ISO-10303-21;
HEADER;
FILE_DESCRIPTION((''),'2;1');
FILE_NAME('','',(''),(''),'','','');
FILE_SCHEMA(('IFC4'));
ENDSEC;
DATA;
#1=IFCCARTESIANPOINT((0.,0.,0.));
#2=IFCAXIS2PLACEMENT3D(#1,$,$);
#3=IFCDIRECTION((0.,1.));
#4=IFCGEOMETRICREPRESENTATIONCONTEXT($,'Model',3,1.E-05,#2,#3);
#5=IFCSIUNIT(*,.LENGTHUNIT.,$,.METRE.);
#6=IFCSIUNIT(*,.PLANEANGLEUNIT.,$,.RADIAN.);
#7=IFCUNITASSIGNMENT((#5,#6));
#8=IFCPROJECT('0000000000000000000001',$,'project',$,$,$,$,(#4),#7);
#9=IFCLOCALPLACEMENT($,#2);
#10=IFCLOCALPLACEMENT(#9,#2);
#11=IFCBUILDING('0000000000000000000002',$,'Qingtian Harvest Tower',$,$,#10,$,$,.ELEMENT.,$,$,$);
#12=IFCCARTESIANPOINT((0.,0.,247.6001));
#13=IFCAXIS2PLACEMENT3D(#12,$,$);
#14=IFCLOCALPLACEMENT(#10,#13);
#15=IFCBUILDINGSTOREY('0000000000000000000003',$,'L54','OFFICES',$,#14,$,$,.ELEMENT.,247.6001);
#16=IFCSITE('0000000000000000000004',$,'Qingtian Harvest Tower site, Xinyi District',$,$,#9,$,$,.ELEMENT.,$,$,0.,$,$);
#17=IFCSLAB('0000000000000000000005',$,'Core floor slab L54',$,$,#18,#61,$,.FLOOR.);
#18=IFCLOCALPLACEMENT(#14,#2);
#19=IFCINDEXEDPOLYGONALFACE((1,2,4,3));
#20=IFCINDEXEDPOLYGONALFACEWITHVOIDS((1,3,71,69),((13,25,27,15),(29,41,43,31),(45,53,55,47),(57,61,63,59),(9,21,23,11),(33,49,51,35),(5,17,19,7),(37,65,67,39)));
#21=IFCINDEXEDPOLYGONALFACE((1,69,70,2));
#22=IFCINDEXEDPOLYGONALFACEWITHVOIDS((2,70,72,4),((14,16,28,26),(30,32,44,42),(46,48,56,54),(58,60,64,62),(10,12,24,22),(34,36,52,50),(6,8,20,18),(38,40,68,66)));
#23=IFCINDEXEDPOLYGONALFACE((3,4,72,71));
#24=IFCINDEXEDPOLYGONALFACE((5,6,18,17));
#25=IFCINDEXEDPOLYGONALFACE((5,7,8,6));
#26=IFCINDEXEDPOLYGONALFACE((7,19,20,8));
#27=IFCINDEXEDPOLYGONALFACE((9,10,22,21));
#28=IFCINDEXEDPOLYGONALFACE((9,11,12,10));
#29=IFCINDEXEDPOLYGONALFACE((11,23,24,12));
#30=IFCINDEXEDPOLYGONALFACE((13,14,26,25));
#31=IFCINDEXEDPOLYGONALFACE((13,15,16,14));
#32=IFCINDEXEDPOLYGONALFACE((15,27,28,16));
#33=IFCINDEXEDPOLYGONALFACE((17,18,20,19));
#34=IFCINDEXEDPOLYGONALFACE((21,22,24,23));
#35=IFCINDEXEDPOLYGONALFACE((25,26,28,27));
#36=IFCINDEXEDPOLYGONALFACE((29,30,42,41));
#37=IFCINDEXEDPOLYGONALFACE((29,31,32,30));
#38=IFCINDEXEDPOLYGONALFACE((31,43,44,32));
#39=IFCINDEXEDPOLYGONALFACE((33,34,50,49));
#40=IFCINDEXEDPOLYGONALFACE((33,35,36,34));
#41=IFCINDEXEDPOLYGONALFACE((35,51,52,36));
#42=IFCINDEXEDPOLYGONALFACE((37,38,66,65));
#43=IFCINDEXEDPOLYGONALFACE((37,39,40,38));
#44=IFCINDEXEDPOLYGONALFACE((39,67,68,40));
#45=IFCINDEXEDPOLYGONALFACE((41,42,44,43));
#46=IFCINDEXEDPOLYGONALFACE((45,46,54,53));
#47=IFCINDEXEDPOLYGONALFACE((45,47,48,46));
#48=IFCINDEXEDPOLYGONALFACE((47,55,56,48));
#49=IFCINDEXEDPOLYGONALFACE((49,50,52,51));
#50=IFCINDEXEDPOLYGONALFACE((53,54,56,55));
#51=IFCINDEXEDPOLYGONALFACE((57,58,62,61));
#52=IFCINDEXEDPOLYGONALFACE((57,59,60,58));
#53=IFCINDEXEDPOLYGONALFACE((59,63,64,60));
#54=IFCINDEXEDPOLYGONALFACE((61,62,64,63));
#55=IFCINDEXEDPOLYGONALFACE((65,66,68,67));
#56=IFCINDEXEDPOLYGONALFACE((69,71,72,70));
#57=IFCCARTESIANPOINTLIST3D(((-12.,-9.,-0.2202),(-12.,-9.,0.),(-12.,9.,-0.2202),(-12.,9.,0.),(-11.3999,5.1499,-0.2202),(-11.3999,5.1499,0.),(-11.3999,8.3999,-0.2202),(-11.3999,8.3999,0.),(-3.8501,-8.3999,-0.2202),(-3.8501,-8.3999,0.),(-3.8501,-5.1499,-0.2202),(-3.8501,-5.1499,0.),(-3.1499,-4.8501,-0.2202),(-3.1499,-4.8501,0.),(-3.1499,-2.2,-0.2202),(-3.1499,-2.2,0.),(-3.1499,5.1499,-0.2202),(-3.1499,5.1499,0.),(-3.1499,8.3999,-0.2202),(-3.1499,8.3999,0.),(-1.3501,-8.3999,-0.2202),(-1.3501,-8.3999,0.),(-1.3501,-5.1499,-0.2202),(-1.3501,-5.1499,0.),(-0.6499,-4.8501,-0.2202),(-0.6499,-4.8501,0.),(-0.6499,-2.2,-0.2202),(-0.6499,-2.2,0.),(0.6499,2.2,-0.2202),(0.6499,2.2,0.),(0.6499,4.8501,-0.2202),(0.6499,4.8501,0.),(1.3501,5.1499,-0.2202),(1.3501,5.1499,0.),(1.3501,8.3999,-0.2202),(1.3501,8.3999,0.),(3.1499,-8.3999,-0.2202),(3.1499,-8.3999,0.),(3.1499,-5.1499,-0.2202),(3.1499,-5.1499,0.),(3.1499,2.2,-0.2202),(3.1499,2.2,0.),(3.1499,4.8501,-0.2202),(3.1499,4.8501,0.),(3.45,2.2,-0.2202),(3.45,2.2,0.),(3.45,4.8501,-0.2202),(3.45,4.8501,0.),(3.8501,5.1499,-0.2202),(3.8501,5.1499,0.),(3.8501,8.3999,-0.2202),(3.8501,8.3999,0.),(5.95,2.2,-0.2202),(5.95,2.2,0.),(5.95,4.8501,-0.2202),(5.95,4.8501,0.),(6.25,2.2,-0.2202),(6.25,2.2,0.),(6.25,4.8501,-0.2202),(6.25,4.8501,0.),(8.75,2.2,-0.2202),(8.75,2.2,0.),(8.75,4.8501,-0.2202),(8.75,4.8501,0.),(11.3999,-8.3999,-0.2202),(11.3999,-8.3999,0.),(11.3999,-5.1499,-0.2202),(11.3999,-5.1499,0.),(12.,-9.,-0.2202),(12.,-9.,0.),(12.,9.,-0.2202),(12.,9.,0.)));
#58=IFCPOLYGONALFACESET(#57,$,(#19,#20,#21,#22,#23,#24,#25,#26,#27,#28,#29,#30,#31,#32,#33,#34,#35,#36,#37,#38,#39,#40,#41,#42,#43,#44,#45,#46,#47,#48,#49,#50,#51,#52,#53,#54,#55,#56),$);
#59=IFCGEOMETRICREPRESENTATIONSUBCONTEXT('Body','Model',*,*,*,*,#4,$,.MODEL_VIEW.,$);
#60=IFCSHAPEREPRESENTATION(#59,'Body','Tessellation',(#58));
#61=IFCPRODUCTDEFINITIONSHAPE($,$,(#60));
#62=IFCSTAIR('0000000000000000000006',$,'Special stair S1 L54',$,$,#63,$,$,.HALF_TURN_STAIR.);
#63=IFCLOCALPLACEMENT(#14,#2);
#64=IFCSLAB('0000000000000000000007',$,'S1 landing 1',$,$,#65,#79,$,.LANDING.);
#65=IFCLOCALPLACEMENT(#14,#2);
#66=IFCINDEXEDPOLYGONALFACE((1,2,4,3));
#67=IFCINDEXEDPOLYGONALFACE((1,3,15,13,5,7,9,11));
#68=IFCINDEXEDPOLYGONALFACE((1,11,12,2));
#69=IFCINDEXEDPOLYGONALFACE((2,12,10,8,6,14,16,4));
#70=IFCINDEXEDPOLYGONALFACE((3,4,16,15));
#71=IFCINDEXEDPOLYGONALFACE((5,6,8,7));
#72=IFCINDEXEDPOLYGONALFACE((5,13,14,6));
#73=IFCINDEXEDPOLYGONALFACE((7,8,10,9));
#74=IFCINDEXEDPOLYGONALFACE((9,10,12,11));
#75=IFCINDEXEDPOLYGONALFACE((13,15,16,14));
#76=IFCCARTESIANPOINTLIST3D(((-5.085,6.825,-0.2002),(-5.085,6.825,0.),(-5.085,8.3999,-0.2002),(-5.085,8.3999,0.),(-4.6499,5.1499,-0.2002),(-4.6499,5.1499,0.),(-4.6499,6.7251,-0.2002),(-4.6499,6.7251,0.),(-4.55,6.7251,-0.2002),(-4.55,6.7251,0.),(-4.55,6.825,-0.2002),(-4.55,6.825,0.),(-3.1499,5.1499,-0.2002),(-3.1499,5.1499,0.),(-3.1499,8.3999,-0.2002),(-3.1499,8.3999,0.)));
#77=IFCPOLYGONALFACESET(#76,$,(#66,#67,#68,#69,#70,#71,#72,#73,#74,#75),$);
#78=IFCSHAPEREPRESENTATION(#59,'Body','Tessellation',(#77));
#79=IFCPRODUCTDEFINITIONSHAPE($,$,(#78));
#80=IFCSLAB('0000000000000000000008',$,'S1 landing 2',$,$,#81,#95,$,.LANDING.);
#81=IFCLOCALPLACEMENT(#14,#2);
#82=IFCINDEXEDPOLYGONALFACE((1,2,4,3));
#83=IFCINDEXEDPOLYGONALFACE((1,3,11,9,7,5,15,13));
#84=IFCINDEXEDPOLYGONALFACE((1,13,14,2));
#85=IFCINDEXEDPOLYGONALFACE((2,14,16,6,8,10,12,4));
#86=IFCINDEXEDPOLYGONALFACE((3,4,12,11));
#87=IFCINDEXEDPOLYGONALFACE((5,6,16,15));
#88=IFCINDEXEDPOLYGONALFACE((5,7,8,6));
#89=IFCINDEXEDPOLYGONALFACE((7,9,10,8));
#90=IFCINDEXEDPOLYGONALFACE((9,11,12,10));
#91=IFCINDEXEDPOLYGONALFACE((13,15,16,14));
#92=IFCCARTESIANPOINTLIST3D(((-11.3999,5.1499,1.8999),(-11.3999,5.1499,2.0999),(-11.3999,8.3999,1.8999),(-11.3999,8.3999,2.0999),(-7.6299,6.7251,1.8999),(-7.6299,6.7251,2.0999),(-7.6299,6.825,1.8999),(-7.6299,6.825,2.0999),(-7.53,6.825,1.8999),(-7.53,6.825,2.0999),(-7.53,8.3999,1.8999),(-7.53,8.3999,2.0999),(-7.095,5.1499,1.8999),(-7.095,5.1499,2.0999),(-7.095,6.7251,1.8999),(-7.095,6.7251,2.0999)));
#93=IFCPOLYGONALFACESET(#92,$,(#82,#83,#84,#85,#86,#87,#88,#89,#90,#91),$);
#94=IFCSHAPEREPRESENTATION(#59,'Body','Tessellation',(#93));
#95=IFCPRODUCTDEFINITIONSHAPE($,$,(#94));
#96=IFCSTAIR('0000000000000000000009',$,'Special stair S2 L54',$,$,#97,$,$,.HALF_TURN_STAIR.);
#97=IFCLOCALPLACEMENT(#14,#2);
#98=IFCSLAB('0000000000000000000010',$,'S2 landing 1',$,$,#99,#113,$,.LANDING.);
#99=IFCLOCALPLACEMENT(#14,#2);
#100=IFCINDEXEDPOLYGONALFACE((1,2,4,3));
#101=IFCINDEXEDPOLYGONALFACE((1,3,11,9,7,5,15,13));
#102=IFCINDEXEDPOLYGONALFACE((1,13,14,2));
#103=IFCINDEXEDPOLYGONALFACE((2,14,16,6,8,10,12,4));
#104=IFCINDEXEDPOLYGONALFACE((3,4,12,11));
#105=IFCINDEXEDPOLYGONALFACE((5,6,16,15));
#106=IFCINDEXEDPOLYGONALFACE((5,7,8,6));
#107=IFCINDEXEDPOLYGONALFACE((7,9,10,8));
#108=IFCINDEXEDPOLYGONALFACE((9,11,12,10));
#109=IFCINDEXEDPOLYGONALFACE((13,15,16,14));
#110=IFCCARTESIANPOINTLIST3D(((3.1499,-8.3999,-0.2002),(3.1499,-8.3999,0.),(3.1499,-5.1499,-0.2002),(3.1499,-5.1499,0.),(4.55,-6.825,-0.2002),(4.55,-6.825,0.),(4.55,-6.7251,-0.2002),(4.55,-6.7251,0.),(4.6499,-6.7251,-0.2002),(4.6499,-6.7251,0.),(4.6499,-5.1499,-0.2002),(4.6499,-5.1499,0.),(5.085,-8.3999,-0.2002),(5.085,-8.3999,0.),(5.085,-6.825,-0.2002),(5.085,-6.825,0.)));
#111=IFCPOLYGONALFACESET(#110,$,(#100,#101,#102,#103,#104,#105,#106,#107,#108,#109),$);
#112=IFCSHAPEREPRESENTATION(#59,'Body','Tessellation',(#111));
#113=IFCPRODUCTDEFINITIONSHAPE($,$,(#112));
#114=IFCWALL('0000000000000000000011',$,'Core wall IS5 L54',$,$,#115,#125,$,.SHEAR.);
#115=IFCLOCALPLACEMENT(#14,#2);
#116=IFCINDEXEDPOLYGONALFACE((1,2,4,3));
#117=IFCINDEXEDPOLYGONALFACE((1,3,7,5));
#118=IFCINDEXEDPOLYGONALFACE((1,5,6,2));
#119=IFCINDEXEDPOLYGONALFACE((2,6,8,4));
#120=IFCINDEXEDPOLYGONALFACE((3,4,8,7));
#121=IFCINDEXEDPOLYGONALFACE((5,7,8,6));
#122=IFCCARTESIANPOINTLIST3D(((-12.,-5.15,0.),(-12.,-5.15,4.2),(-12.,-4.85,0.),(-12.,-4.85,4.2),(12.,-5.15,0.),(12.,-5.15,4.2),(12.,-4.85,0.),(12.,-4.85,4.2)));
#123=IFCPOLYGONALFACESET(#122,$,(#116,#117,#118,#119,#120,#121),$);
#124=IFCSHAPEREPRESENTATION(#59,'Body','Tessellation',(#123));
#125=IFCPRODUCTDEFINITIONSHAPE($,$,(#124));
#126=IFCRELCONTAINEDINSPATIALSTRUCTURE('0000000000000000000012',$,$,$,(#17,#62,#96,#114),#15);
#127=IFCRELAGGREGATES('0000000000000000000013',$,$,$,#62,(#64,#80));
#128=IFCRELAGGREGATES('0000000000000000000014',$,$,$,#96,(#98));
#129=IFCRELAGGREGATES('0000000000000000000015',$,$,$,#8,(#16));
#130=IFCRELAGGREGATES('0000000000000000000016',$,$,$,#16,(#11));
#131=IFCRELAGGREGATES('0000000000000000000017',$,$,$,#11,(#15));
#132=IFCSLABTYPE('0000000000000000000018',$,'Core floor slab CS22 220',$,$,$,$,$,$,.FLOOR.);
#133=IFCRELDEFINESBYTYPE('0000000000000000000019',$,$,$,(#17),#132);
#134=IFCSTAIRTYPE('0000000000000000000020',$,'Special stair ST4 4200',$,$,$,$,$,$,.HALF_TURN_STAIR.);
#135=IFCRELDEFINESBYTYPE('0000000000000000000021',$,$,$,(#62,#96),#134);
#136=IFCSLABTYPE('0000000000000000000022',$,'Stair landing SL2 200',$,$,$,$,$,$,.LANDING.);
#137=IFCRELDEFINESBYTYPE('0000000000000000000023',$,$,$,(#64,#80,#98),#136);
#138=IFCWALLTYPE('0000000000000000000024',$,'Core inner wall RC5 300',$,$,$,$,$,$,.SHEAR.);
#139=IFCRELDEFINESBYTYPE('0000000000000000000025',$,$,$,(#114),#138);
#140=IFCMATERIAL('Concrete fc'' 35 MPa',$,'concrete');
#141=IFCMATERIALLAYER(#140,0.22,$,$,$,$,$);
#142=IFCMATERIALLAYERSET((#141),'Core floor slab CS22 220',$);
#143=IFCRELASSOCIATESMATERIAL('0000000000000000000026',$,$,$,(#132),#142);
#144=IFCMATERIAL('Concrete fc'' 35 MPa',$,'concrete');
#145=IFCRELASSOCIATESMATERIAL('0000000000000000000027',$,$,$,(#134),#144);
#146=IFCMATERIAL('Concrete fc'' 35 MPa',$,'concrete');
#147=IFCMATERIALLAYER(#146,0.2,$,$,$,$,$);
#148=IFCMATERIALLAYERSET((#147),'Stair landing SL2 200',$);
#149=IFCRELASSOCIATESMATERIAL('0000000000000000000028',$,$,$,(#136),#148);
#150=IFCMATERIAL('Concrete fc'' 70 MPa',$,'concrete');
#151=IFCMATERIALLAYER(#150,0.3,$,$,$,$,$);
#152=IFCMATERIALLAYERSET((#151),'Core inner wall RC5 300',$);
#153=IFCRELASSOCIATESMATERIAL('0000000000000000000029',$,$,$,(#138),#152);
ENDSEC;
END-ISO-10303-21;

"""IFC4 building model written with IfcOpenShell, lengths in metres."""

from ifc_helpers import new_model, si_unit, direction, frame, frame_2d, origin, place, context, subcontext, project, spatial, polyline, rectangle, outline, extrude, material, layer, layer_set, type_object, element, aggregate, save


model = new_model("IFC4")

# Units and contexts
model_context = context("Model", 3, precision=1e-05, world=origin(), true_north=direction((0.0, 1.0)))
body_context = subcontext(model_context, "Body", "Model", "MODEL_VIEW")
ifc_project = project(units=[si_unit("LENGTHUNIT", "METRE"), si_unit("PLANEANGLEUNIT", "RADIAN")], contexts=[model_context])

# Site, building, storey
site_placement = place(None, origin())
site = spatial("IfcSite", under=ifc_project, at=site_placement, Name="Qingtian Harvest Tower site, Xinyi District", CompositionType="ELEMENT", RefElevation=0.0)
building_placement = place(site_placement, origin())
building = spatial("IfcBuilding", under=site, at=building_placement, Name="Qingtian Harvest Tower", CompositionType="ELEMENT")
storey_placement = place(building_placement, frame((0.0, 0.0, 247.6001)))
storey = spatial("IfcBuildingStorey", under=building, at=storey_placement, Name="L54", Description="OFFICES", CompositionType="ELEMENT", Elevation=247.6001)

# Slab
ifc_material_1 = material(Name="Concrete fc' 35 MPa", Category="concrete")
ifc_layer_1 = layer(ifc_material_1, 0.22)
ifc_layer_set_1 = layer_set([ifc_layer_1], Name="Core floor slab CS22 220")
slab_type_1 = type_object("IfcSlabType", Name="Core floor slab CS22 220", PredefinedType="FLOOR", material=ifc_layer_set_1)
slab_1_placement = place(storey_placement, frame((0.0, 0.0, -0.2202)))
element("IfcSlab", 1, at=slab_1_placement, inside=storey, type_object=slab_type_1, Name="Core floor slab L54", PredefinedType="FLOOR", context=body_context, shape_type="SweptSolid", body=[
    extrude(outline(polyline([(-12.0, -9.0), (12.0, -9.0), (12.0, 9.0), (-12.0, 9.0), (-12.0, -9.0)]), holes=[polyline([(-11.3999, 5.1499), (-3.1499, 5.1499), (-3.1499, 8.3999), (-11.3999, 8.3999), (-11.3999, 5.1499)]), polyline([(3.1499, -8.3999), (11.3999, -8.3999), (11.3999, -5.1499), (3.1499, -5.1499), (3.1499, -8.3999)]), polyline([(1.3501, 5.1499), (3.8501, 5.1499), (3.8501, 8.3999), (1.3501, 8.3999), (1.3501, 5.1499)]), polyline([(-3.8501, -8.3999), (-1.3501, -8.3999), (-1.3501, -5.1499), (-3.8501, -5.1499), (-3.8501, -8.3999)]), polyline([(0.6499, 2.2), (3.1499, 2.2), (3.1499, 4.8501), (0.6499, 4.8501), (0.6499, 2.2)]), polyline([(3.45, 2.2), (5.95, 2.2), (5.95, 4.8501), (3.45, 4.8501), (3.45, 2.2)]), polyline([(6.25, 2.2), (8.75, 2.2), (8.75, 4.8501), (6.25, 4.8501), (6.25, 2.2)]), polyline([(-3.1499, -4.8501), (-0.6499, -4.8501), (-0.6499, -2.2), (-3.1499, -2.2), (-3.1499, -4.8501)])]), origin(), (0.0, 0.0, 1.0), 0.2202),
])

# Stair, slabs
ifc_material_2 = material(Name="Concrete fc' 35 MPa", Category="concrete")
stair_type = type_object("IfcStairType", Name="Special stair ST4 4200", PredefinedType="HALF_TURN_STAIR", material=ifc_material_2)
stair_1_placement = place(storey_placement, origin())
stair_1 = element("IfcStair", 2, at=stair_1_placement, inside=storey, type_object=stair_type, Name="Special stair S1 L54", PredefinedType="HALF_TURN_STAIR")
ifc_material_3 = material(Name="Concrete fc' 35 MPa", Category="concrete")
ifc_layer_2 = layer(ifc_material_3, 0.2)
ifc_layer_set_2 = layer_set([ifc_layer_2], Name="Stair landing SL2 200")
slab_type_2 = type_object("IfcSlabType", Name="Stair landing SL2 200", PredefinedType="LANDING", material=ifc_layer_set_2)
slab_2_placement = place(storey_placement, frame((0.0, 0.0, -0.2002)))
slab_2 = element("IfcSlab", 3, at=slab_2_placement, type_object=slab_type_2, Name="S1 landing 1", PredefinedType="LANDING", context=body_context, shape_type="SweptSolid", body=[
    extrude(outline(polyline([(-4.6499, 5.1499), (-4.6499, 6.7251), (-4.55, 6.7251), (-4.55, 6.825), (-5.085, 6.825), (-5.085, 8.3999), (-3.1499, 8.3999), (-3.1499, 5.1499), (-4.6499, 5.1499)])), origin(), (0.0, 0.0, 1.0), 0.2002),
])
slab_3_placement = place(storey_placement, frame((0.0, 0.0, 1.8999)))
slab_3 = element("IfcSlab", 4, at=slab_3_placement, type_object=slab_type_2, Name="S1 landing 2", PredefinedType="LANDING", context=body_context, shape_type="SweptSolid", body=[
    extrude(outline(polyline([(-7.095, 5.1499), (-11.3999, 5.1499), (-11.3999, 8.3999), (-7.53, 8.3999), (-7.53, 6.825), (-7.6299, 6.825), (-7.6299, 6.7251), (-7.095, 6.7251), (-7.095, 5.1499)])), origin(), (0.0, 0.0, 1.0), 0.2),
])
aggregate(stair_1, [slab_2, slab_3])

# Stair, slab
stair_2_placement = place(storey_placement, origin())
stair_2 = element("IfcStair", 5, at=stair_2_placement, inside=storey, type_object=stair_type, Name="Special stair S2 L54", PredefinedType="HALF_TURN_STAIR")
slab_4_placement = place(storey_placement, frame((0.0, 0.0, -0.2002)))
slab_4 = element("IfcSlab", 6, at=slab_4_placement, type_object=slab_type_2, Name="S2 landing 1", PredefinedType="LANDING", context=body_context, shape_type="SweptSolid", body=[
    extrude(outline(polyline([(5.085, -8.3999), (3.1499, -8.3999), (3.1499, -5.1499), (4.6499, -5.1499), (4.6499, -6.7251), (4.55, -6.7251), (4.55, -6.825), (5.085, -6.825), (5.085, -8.3999)])), origin(), (0.0, 0.0, 1.0), 0.2002),
])
aggregate(stair_2, [slab_4])

# Wall
ifc_material_4 = material(Name="Concrete fc' 70 MPa", Category="concrete")
ifc_layer_3 = layer(ifc_material_4, 0.3)
ifc_layer_set_3 = layer_set([ifc_layer_3], Name="Core inner wall RC5 300")
wall_type_1 = type_object("IfcWallType", Name="Core inner wall RC5 300", PredefinedType="SHEAR", material=ifc_layer_set_3)
wall_1_placement = place(storey_placement, frame((-12.0, -5.0, 0.0), z_axis=(0.0, 0.0, 1.0), x_axis=(1.0, 0.0, 0.0)))
element("IfcWall", 7, at=wall_1_placement, inside=storey, type_object=wall_type_1, Name="Core wall IS5 L54", PredefinedType="SHEAR", context=body_context, shape_type="SweptSolid", body=[
    extrude(rectangle(XDim=24.0, YDim=0.3, at=frame_2d((12.0, 0.0))), origin(), (0.0, 0.0, 1.0), 4.2),
])

save(model, "model.ifc")
